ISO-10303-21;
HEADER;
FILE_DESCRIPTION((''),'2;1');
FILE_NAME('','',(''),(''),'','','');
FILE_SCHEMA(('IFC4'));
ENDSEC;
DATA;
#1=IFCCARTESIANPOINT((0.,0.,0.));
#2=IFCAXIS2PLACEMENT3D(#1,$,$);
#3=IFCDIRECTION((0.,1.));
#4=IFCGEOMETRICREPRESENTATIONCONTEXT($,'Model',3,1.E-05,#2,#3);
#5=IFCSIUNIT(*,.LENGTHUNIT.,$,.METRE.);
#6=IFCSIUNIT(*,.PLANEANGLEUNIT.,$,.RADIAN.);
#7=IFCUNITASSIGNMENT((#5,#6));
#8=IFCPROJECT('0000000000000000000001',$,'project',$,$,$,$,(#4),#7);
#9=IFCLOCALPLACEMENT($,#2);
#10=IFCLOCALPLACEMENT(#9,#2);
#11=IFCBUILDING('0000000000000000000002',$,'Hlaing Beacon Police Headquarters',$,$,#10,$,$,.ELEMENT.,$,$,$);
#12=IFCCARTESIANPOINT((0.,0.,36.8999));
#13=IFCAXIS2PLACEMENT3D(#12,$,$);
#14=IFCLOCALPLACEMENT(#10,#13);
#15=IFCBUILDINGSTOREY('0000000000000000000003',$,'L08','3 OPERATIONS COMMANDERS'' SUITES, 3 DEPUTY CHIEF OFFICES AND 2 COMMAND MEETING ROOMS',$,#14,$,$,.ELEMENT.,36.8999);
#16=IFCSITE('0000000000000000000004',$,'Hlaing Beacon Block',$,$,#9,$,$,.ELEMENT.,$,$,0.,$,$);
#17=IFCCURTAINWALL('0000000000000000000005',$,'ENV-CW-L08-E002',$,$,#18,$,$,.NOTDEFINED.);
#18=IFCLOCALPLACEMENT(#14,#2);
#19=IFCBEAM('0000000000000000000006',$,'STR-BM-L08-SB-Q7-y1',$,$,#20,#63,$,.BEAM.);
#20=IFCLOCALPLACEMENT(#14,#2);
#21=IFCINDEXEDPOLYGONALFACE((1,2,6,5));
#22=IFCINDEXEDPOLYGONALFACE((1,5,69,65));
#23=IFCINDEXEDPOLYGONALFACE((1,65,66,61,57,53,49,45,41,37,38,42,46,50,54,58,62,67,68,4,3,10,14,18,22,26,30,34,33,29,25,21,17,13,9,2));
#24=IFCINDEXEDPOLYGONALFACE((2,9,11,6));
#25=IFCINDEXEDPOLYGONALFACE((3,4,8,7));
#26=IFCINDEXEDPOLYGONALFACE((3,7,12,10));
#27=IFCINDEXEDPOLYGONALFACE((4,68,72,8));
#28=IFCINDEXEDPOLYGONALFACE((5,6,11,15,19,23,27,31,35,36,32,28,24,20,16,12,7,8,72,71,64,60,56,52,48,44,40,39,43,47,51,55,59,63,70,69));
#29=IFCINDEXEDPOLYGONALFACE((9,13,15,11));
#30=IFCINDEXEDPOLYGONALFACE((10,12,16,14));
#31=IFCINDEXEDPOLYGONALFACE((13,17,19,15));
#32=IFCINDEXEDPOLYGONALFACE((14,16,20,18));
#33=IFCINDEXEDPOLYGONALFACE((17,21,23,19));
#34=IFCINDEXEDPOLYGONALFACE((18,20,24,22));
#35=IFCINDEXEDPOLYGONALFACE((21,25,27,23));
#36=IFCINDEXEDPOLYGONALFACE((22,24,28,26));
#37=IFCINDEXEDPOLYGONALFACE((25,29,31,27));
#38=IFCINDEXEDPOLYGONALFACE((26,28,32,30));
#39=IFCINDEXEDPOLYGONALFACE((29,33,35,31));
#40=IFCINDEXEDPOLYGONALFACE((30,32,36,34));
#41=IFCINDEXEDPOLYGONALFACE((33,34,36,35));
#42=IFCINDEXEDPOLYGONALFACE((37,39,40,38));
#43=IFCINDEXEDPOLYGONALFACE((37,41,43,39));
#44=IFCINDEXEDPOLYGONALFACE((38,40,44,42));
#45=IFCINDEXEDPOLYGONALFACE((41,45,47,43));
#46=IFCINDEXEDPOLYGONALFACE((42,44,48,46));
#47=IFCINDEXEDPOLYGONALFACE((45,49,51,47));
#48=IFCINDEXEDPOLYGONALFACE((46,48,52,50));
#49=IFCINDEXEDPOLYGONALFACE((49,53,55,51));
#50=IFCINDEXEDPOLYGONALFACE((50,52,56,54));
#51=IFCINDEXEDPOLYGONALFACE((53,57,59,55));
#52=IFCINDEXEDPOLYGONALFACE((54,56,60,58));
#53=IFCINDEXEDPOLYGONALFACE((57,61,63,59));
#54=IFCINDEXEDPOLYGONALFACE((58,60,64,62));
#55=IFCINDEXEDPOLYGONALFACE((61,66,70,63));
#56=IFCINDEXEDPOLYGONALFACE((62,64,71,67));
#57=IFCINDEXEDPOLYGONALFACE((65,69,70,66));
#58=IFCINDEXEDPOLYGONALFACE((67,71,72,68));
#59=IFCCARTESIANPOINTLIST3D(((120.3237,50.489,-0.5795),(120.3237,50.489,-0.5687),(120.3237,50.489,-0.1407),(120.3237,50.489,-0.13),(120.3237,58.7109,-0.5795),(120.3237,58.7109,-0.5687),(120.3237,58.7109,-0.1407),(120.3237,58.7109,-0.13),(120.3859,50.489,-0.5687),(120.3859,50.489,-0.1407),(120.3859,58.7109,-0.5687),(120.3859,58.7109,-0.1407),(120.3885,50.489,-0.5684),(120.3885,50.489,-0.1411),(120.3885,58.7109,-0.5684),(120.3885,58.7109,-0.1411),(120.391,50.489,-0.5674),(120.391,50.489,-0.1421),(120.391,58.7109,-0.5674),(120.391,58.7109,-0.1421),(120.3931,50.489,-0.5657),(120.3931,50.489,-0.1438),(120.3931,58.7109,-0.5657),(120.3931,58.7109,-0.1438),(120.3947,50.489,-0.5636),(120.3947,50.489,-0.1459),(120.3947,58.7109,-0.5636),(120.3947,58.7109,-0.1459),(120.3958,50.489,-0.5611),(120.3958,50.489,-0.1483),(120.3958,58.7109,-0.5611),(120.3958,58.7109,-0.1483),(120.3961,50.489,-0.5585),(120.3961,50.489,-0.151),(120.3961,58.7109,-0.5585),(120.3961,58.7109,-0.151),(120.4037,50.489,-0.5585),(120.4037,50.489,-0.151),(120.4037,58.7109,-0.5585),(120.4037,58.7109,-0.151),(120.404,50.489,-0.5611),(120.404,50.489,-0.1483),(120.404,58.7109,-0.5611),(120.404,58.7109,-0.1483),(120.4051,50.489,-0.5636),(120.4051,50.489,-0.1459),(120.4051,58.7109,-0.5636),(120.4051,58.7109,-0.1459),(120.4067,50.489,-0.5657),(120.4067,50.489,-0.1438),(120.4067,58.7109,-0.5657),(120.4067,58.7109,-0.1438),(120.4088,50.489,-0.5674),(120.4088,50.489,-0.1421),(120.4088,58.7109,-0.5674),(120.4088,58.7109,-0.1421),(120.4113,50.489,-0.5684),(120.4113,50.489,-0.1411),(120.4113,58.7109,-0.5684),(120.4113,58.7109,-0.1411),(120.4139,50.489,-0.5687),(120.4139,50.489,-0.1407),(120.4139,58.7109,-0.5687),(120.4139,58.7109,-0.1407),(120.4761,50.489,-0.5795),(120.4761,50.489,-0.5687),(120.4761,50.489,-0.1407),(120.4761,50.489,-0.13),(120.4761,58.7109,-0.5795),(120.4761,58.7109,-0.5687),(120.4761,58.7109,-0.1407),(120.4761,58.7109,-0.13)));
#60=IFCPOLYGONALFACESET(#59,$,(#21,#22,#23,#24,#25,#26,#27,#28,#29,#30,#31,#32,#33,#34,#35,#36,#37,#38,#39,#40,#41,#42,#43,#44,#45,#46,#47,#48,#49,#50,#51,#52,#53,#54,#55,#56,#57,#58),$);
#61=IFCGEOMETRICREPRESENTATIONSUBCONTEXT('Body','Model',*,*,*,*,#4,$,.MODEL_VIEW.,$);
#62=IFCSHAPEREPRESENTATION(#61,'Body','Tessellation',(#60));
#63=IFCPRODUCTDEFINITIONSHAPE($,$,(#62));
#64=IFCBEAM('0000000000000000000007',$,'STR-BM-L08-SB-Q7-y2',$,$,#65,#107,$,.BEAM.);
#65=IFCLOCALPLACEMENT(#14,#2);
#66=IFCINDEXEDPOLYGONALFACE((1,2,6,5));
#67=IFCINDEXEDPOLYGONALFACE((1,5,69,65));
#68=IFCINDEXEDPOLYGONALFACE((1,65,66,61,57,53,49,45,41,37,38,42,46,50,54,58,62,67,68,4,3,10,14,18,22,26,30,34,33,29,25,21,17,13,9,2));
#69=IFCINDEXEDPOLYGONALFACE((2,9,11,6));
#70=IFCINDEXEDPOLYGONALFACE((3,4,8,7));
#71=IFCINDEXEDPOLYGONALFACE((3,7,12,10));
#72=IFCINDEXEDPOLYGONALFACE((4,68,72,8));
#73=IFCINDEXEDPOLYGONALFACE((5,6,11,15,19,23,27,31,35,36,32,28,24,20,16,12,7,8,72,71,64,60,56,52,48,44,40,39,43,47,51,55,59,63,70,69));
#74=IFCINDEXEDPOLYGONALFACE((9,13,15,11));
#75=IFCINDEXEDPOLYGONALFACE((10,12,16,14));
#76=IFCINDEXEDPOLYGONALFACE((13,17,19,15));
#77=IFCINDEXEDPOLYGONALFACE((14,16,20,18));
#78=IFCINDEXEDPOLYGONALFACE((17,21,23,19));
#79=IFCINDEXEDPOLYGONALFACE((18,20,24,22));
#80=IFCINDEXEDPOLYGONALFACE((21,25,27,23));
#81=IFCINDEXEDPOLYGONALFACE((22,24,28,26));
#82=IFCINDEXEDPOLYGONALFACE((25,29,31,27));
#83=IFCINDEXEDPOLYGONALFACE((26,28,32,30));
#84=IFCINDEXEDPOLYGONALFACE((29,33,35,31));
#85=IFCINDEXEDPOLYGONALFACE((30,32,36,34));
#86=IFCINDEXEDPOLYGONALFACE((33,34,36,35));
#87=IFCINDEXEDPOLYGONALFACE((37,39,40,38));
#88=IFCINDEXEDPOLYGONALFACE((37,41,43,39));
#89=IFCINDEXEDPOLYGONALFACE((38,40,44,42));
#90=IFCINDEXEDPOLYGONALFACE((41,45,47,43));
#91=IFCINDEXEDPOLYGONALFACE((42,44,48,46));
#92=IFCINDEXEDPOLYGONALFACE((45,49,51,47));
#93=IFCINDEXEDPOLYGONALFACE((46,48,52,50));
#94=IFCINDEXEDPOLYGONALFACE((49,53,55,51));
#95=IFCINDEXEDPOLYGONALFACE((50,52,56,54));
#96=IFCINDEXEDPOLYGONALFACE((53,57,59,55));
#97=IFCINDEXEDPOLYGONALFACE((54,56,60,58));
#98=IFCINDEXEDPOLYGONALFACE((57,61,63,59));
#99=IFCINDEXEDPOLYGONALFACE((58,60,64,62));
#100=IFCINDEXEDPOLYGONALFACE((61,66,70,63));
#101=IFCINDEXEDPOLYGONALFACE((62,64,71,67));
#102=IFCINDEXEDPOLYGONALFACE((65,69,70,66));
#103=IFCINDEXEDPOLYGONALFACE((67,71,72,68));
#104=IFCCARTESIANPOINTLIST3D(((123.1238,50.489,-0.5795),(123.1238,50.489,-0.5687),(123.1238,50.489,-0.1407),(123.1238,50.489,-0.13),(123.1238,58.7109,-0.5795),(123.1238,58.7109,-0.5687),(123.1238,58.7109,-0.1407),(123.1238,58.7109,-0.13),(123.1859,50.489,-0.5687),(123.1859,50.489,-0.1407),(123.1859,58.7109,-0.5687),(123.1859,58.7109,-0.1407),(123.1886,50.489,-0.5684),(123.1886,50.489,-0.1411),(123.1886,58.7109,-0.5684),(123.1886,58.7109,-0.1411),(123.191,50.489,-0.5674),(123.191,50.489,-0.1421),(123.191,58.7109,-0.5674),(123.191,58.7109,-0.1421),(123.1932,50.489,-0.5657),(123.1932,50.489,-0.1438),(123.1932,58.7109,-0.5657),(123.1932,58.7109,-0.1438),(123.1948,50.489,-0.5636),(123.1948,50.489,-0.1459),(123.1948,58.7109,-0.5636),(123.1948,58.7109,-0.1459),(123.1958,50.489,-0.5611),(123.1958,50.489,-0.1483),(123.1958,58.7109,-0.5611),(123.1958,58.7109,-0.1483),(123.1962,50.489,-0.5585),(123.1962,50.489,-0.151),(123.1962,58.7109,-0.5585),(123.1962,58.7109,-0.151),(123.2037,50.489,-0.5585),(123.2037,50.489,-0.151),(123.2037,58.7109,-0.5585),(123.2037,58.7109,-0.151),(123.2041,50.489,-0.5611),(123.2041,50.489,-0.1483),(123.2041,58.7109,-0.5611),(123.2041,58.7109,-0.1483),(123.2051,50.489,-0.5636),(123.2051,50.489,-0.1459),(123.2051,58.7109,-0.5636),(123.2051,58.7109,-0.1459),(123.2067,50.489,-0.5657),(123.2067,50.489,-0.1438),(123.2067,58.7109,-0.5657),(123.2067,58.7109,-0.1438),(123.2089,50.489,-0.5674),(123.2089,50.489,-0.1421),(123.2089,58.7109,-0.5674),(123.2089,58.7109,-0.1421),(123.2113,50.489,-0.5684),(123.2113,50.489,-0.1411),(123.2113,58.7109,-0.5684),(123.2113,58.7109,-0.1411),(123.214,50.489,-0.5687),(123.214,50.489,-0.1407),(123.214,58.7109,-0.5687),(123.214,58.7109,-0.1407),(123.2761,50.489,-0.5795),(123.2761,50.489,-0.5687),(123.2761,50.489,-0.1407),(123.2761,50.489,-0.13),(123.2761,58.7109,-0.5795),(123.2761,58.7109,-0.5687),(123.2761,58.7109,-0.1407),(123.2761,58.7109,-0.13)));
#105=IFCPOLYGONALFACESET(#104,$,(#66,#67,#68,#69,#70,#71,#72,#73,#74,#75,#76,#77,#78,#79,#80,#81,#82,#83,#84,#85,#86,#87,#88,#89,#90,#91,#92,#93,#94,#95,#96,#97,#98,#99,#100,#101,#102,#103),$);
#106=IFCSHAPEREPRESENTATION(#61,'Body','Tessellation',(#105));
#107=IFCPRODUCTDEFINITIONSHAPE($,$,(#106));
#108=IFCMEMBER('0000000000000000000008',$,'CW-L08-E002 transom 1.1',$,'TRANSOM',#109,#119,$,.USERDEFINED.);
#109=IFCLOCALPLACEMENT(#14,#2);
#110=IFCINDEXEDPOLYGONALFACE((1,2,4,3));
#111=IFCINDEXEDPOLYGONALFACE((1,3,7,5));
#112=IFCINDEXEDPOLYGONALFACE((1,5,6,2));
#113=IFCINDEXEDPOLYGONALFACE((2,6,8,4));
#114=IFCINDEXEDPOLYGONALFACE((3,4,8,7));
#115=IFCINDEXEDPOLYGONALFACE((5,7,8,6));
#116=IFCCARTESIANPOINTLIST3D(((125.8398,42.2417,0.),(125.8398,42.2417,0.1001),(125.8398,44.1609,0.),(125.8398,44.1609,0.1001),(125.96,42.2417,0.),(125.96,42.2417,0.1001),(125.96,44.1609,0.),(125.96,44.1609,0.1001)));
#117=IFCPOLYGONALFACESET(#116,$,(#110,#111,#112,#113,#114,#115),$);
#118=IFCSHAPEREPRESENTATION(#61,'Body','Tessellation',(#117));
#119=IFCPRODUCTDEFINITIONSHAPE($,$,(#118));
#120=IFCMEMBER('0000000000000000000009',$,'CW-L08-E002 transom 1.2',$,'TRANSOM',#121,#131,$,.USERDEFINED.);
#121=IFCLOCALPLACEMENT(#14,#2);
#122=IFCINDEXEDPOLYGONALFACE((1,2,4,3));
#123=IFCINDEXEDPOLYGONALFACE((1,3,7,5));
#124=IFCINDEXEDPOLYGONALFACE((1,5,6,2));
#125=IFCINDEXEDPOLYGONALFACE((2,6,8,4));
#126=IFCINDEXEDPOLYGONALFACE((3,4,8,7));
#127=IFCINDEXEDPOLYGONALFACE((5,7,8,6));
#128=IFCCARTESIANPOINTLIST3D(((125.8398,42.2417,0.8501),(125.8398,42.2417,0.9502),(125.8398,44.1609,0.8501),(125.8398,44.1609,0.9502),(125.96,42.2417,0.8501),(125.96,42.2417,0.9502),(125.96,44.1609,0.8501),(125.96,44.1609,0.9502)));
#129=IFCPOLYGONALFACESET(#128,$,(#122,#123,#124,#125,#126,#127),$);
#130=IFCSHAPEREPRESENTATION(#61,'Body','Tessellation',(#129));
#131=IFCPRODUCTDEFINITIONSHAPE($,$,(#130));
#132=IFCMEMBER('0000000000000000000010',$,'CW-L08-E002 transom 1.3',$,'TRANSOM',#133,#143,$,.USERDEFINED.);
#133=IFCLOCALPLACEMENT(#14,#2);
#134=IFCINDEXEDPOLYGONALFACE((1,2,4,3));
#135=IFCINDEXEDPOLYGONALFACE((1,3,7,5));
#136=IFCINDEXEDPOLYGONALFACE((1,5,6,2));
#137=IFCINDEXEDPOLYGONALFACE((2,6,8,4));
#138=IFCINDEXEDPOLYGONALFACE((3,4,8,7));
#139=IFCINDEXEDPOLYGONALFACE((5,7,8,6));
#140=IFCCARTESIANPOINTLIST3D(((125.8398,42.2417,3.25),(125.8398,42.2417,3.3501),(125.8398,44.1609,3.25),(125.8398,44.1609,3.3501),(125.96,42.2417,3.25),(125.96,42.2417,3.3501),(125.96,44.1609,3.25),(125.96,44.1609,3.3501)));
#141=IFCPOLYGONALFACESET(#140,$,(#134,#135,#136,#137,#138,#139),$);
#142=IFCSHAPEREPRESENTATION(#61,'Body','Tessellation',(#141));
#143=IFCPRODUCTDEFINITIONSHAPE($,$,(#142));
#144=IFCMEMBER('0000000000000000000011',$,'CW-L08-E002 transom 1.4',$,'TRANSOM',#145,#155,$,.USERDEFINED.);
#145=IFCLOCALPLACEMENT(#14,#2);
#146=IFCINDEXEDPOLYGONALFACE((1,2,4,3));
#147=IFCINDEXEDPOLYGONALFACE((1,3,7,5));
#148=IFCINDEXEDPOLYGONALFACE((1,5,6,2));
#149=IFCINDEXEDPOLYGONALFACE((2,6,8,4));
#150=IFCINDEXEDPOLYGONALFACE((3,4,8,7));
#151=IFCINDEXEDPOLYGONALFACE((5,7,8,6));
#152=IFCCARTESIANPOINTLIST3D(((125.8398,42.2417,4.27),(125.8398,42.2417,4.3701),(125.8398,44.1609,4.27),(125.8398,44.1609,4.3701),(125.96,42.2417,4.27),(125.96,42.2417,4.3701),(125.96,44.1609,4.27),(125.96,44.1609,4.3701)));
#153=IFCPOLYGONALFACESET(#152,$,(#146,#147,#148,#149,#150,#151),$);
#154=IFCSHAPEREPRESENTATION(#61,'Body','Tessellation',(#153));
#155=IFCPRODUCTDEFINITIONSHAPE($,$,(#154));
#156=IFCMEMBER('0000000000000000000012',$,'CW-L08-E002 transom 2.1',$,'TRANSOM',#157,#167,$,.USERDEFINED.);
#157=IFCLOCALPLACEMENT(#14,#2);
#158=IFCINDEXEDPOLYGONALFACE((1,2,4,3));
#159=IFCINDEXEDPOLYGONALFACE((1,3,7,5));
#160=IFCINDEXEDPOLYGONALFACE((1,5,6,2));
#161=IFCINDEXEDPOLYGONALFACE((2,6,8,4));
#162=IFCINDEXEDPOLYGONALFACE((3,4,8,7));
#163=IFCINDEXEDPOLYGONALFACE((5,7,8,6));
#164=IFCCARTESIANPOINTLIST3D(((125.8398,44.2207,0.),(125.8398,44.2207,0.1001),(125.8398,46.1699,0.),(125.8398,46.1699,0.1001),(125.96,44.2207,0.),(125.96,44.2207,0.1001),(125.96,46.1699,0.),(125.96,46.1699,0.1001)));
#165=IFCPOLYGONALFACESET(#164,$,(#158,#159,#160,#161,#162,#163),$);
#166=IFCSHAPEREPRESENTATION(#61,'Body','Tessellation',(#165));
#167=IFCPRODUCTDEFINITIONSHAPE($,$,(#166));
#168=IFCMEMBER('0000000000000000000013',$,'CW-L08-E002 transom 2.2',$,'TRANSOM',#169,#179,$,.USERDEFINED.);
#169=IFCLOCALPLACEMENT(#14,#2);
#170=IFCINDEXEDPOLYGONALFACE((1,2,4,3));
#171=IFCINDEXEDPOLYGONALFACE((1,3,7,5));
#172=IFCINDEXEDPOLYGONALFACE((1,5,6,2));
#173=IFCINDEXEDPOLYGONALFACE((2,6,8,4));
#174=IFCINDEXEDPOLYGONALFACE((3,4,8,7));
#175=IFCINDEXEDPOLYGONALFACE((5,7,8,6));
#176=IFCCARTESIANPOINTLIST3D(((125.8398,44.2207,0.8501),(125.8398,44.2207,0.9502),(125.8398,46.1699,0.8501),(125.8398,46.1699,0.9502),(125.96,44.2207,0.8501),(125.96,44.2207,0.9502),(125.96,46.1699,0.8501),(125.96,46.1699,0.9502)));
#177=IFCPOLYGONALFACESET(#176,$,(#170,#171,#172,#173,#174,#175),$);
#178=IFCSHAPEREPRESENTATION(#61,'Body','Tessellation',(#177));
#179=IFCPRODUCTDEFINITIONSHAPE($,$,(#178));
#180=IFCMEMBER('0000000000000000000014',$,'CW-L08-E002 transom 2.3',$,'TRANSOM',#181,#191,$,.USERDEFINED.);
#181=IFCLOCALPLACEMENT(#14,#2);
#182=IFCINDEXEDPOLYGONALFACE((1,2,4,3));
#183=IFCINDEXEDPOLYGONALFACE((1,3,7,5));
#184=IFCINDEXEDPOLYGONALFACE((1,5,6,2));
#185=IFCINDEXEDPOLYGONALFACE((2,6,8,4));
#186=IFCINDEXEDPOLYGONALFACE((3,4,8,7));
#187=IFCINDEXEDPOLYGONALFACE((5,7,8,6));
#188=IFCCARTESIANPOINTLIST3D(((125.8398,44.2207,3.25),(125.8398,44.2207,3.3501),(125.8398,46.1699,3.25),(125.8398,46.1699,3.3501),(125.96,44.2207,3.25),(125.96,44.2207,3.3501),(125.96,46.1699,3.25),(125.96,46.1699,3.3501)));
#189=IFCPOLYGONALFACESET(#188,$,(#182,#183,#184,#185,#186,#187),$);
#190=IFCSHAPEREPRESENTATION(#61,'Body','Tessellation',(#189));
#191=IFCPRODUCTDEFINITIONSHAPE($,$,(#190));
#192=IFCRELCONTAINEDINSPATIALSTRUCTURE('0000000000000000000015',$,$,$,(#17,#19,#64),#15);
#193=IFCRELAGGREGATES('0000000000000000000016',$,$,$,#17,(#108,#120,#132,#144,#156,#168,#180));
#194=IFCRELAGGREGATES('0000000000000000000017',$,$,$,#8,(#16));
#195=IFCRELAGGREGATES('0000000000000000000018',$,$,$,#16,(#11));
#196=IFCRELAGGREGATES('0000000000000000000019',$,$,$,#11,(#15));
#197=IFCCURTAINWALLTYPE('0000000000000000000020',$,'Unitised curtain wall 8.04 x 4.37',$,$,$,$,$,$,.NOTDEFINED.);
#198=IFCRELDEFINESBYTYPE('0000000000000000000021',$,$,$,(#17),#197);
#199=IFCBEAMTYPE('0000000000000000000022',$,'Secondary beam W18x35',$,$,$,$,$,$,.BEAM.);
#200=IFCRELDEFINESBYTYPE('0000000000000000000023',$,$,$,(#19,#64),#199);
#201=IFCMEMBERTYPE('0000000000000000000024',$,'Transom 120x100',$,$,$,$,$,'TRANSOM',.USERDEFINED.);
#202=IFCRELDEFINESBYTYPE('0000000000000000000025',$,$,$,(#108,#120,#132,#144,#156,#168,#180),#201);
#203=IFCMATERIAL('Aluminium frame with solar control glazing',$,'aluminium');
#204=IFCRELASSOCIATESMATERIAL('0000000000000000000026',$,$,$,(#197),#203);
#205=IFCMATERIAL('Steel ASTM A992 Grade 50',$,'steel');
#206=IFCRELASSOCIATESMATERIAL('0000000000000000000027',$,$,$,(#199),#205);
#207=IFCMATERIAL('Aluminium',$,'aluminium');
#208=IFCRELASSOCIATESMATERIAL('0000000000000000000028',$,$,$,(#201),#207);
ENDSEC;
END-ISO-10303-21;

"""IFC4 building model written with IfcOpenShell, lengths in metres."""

from ifc_helpers import new_model, si_unit, direction, frame, origin, origin_2d, place, context, subcontext, project, spatial, rectangle, i_section, extrude, material, material_profile, profile_set, type_object, element, aggregate, save


model = new_model("IFC4")

# Units and contexts
model_context = context("Model", 3, precision=1e-05, world=origin(), true_north=direction((0.0, 1.0)))
body_context = subcontext(model_context, "Body", "Model", "MODEL_VIEW")
ifc_project = project(units=[si_unit("LENGTHUNIT", "METRE"), si_unit("PLANEANGLEUNIT", "RADIAN")], contexts=[model_context])

# Site, building, storey
site_placement = place(None, origin())
site = spatial("IfcSite", under=ifc_project, at=site_placement, Name="Hlaing Beacon Block", CompositionType="ELEMENT", RefElevation=0.0)
building_placement = place(site_placement, origin())
building = spatial("IfcBuilding", under=site, at=building_placement, Name="Hlaing Beacon Police Headquarters", CompositionType="ELEMENT")
storey_placement = place(building_placement, frame((0.0, 0.0, 36.8999)))
storey = spatial("IfcBuildingStorey", under=building, at=storey_placement, Name="L08", Description="3 OPERATIONS COMMANDERS' SUITES, 3 DEPUTY CHIEF OFFICES AND 2 COMMAND MEETING ROOMS", CompositionType="ELEMENT", Elevation=36.8999)

# Curtain wall
ifc_material_1 = material(Name="Aluminium frame with solar control glazing", Category="aluminium")
curtain_wall_type = type_object("IfcCurtainWallType", Name="Unitised curtain wall 8.04 x 4.37", PredefinedType="NOTDEFINED", material=ifc_material_1)
curtain_wall_placement = place(storey_placement, origin())
curtain_wall = element("IfcCurtainWall", 1, at=curtain_wall_placement, inside=storey, type_object=curtain_wall_type, Name="ENV-CW-L08-E002", PredefinedType="NOTDEFINED")

# Beams
ifc_material_2 = material(Name="Steel ASTM A992 Grade 50", Category="steel")
ifc_material_profile_1 = material_profile(ifc_material_2, i_section(OverallWidth=0.1523, OverallDepth=0.4495, WebThickness=0.0076, FlangeThickness=0.0107, FilletRadius=0.0103, at=origin_2d()), Name="W18x35")
ifc_profile_set_1 = profile_set([ifc_material_profile_1], Name="Steel ASTM A992 Grade 50")
beam_type_1 = type_object("IfcBeamType", Name="Secondary beam W18x35", PredefinedType="BEAM", material=ifc_profile_set_1)
for number, where, z_axis, x_axis, name in (
    (2, (120.3999, 50.489, -0.3547), (0.0, 1.0, 0.0), (-1.0, 0.0, 0.0), "STR-BM-L08-SB-Q7-y1"),
    (3, (123.2, 50.489, -0.3547), (0.0, 1.0, 0.0), (-1.0, 0.0, 0.0), "STR-BM-L08-SB-Q7-y2"),
):
    element("IfcBeam", number, at=place(storey_placement, frame(where, z_axis=z_axis, x_axis=x_axis)), inside=storey, type_object=beam_type_1, Name=name, PredefinedType="BEAM", context=body_context, shape_type="SweptSolid", body=[
        extrude(i_section(OverallWidth=0.1523, OverallDepth=0.4495, WebThickness=0.0076, FlangeThickness=0.0107, FilletRadius=0.0103, at=origin_2d()), origin(), (0.0, 0.0, 1.0), 8.2219),
    ])

# Members
ifc_material_3 = material(Name="Aluminium", Category="aluminium")
ifc_material_profile_2 = material_profile(ifc_material_3, rectangle(XDim=0.1201, YDim=0.1001, at=origin_2d()), Name="Transom 120x100")
ifc_profile_set_2 = profile_set([ifc_material_profile_2], Name="Aluminium")
member_type_1 = type_object("IfcMemberType", Name="Transom 120x100", ElementType="TRANSOM", PredefinedType="USERDEFINED", material=ifc_profile_set_2)
member_1_placement = place(storey_placement, frame((125.8999, 42.2417, 0.05), z_axis=(0.0, 1.0, 0.0), x_axis=(-1.0, 0.0, 0.0)))
member_1 = element("IfcMember", 4, at=member_1_placement, type_object=member_type_1, Name="CW-L08-E002 transom 1.1", ObjectType="TRANSOM", PredefinedType="USERDEFINED", context=body_context, shape_type="SweptSolid", body=[
    extrude(rectangle(XDim=0.1201, YDim=0.1001, at=origin_2d()), origin(), (0.0, 0.0, 1.0), 1.9192),
])
member_2_placement = place(storey_placement, frame((125.8999, 42.2417, 0.9001), z_axis=(0.0, 1.0, 0.0), x_axis=(-1.0, 0.0, 0.0)))
member_2 = element("IfcMember", 5, at=member_2_placement, type_object=member_type_1, Name="CW-L08-E002 transom 1.2", ObjectType="TRANSOM", PredefinedType="USERDEFINED", context=body_context, shape_type="SweptSolid", body=[
    extrude(rectangle(XDim=0.1201, YDim=0.1001, at=origin_2d()), origin(), (0.0, 0.0, 1.0), 1.9192),
])
member_3_placement = place(storey_placement, frame((125.8999, 42.2417, 3.3), z_axis=(0.0, 1.0, 0.0), x_axis=(-1.0, 0.0, 0.0)))
member_3 = element("IfcMember", 6, at=member_3_placement, type_object=member_type_1, Name="CW-L08-E002 transom 1.3", ObjectType="TRANSOM", PredefinedType="USERDEFINED", context=body_context, shape_type="SweptSolid", body=[
    extrude(rectangle(XDim=0.1201, YDim=0.1001, at=origin_2d()), origin(), (0.0, 0.0, 1.0), 1.9192),
])
member_4_placement = place(storey_placement, frame((125.8999, 42.2417, 4.3201), z_axis=(0.0, 1.0, 0.0), x_axis=(-1.0, 0.0, 0.0)))
member_4 = element("IfcMember", 7, at=member_4_placement, type_object=member_type_1, Name="CW-L08-E002 transom 1.4", ObjectType="TRANSOM", PredefinedType="USERDEFINED", context=body_context, shape_type="SweptSolid", body=[
    extrude(rectangle(XDim=0.1201, YDim=0.1001, at=origin_2d()), origin(), (0.0, 0.0, 1.0), 1.9192),
])
member_5_placement = place(storey_placement, frame((125.8999, 44.2207, 0.05), z_axis=(0.0, 1.0, 0.0), x_axis=(-1.0, 0.0, 0.0)))
member_5 = element("IfcMember", 8, at=member_5_placement, type_object=member_type_1, Name="CW-L08-E002 transom 2.1", ObjectType="TRANSOM", PredefinedType="USERDEFINED", context=body_context, shape_type="SweptSolid", body=[
    extrude(rectangle(XDim=0.1201, YDim=0.1001, at=origin_2d()), origin(), (0.0, 0.0, 1.0), 1.9492),
])
member_6_placement = place(storey_placement, frame((125.8999, 44.2207, 0.9001), z_axis=(0.0, 1.0, 0.0), x_axis=(-1.0, 0.0, 0.0)))
member_6 = element("IfcMember", 9, at=member_6_placement, type_object=member_type_1, Name="CW-L08-E002 transom 2.2", ObjectType="TRANSOM", PredefinedType="USERDEFINED", context=body_context, shape_type="SweptSolid", body=[
    extrude(rectangle(XDim=0.1201, YDim=0.1001, at=origin_2d()), origin(), (0.0, 0.0, 1.0), 1.9492),
])
member_7_placement = place(storey_placement, frame((125.8999, 44.2207, 3.3), z_axis=(0.0, 1.0, 0.0), x_axis=(-1.0, 0.0, 0.0)))
member_7 = element("IfcMember", 10, at=member_7_placement, type_object=member_type_1, Name="CW-L08-E002 transom 2.3", ObjectType="TRANSOM", PredefinedType="USERDEFINED", context=body_context, shape_type="SweptSolid", body=[
    extrude(rectangle(XDim=0.1201, YDim=0.1001, at=origin_2d()), origin(), (0.0, 0.0, 1.0), 1.9492),
])
aggregate(curtain_wall, [member_1, member_2, member_3, member_4, member_5, member_6, member_7])

save(model, "model.ifc")
